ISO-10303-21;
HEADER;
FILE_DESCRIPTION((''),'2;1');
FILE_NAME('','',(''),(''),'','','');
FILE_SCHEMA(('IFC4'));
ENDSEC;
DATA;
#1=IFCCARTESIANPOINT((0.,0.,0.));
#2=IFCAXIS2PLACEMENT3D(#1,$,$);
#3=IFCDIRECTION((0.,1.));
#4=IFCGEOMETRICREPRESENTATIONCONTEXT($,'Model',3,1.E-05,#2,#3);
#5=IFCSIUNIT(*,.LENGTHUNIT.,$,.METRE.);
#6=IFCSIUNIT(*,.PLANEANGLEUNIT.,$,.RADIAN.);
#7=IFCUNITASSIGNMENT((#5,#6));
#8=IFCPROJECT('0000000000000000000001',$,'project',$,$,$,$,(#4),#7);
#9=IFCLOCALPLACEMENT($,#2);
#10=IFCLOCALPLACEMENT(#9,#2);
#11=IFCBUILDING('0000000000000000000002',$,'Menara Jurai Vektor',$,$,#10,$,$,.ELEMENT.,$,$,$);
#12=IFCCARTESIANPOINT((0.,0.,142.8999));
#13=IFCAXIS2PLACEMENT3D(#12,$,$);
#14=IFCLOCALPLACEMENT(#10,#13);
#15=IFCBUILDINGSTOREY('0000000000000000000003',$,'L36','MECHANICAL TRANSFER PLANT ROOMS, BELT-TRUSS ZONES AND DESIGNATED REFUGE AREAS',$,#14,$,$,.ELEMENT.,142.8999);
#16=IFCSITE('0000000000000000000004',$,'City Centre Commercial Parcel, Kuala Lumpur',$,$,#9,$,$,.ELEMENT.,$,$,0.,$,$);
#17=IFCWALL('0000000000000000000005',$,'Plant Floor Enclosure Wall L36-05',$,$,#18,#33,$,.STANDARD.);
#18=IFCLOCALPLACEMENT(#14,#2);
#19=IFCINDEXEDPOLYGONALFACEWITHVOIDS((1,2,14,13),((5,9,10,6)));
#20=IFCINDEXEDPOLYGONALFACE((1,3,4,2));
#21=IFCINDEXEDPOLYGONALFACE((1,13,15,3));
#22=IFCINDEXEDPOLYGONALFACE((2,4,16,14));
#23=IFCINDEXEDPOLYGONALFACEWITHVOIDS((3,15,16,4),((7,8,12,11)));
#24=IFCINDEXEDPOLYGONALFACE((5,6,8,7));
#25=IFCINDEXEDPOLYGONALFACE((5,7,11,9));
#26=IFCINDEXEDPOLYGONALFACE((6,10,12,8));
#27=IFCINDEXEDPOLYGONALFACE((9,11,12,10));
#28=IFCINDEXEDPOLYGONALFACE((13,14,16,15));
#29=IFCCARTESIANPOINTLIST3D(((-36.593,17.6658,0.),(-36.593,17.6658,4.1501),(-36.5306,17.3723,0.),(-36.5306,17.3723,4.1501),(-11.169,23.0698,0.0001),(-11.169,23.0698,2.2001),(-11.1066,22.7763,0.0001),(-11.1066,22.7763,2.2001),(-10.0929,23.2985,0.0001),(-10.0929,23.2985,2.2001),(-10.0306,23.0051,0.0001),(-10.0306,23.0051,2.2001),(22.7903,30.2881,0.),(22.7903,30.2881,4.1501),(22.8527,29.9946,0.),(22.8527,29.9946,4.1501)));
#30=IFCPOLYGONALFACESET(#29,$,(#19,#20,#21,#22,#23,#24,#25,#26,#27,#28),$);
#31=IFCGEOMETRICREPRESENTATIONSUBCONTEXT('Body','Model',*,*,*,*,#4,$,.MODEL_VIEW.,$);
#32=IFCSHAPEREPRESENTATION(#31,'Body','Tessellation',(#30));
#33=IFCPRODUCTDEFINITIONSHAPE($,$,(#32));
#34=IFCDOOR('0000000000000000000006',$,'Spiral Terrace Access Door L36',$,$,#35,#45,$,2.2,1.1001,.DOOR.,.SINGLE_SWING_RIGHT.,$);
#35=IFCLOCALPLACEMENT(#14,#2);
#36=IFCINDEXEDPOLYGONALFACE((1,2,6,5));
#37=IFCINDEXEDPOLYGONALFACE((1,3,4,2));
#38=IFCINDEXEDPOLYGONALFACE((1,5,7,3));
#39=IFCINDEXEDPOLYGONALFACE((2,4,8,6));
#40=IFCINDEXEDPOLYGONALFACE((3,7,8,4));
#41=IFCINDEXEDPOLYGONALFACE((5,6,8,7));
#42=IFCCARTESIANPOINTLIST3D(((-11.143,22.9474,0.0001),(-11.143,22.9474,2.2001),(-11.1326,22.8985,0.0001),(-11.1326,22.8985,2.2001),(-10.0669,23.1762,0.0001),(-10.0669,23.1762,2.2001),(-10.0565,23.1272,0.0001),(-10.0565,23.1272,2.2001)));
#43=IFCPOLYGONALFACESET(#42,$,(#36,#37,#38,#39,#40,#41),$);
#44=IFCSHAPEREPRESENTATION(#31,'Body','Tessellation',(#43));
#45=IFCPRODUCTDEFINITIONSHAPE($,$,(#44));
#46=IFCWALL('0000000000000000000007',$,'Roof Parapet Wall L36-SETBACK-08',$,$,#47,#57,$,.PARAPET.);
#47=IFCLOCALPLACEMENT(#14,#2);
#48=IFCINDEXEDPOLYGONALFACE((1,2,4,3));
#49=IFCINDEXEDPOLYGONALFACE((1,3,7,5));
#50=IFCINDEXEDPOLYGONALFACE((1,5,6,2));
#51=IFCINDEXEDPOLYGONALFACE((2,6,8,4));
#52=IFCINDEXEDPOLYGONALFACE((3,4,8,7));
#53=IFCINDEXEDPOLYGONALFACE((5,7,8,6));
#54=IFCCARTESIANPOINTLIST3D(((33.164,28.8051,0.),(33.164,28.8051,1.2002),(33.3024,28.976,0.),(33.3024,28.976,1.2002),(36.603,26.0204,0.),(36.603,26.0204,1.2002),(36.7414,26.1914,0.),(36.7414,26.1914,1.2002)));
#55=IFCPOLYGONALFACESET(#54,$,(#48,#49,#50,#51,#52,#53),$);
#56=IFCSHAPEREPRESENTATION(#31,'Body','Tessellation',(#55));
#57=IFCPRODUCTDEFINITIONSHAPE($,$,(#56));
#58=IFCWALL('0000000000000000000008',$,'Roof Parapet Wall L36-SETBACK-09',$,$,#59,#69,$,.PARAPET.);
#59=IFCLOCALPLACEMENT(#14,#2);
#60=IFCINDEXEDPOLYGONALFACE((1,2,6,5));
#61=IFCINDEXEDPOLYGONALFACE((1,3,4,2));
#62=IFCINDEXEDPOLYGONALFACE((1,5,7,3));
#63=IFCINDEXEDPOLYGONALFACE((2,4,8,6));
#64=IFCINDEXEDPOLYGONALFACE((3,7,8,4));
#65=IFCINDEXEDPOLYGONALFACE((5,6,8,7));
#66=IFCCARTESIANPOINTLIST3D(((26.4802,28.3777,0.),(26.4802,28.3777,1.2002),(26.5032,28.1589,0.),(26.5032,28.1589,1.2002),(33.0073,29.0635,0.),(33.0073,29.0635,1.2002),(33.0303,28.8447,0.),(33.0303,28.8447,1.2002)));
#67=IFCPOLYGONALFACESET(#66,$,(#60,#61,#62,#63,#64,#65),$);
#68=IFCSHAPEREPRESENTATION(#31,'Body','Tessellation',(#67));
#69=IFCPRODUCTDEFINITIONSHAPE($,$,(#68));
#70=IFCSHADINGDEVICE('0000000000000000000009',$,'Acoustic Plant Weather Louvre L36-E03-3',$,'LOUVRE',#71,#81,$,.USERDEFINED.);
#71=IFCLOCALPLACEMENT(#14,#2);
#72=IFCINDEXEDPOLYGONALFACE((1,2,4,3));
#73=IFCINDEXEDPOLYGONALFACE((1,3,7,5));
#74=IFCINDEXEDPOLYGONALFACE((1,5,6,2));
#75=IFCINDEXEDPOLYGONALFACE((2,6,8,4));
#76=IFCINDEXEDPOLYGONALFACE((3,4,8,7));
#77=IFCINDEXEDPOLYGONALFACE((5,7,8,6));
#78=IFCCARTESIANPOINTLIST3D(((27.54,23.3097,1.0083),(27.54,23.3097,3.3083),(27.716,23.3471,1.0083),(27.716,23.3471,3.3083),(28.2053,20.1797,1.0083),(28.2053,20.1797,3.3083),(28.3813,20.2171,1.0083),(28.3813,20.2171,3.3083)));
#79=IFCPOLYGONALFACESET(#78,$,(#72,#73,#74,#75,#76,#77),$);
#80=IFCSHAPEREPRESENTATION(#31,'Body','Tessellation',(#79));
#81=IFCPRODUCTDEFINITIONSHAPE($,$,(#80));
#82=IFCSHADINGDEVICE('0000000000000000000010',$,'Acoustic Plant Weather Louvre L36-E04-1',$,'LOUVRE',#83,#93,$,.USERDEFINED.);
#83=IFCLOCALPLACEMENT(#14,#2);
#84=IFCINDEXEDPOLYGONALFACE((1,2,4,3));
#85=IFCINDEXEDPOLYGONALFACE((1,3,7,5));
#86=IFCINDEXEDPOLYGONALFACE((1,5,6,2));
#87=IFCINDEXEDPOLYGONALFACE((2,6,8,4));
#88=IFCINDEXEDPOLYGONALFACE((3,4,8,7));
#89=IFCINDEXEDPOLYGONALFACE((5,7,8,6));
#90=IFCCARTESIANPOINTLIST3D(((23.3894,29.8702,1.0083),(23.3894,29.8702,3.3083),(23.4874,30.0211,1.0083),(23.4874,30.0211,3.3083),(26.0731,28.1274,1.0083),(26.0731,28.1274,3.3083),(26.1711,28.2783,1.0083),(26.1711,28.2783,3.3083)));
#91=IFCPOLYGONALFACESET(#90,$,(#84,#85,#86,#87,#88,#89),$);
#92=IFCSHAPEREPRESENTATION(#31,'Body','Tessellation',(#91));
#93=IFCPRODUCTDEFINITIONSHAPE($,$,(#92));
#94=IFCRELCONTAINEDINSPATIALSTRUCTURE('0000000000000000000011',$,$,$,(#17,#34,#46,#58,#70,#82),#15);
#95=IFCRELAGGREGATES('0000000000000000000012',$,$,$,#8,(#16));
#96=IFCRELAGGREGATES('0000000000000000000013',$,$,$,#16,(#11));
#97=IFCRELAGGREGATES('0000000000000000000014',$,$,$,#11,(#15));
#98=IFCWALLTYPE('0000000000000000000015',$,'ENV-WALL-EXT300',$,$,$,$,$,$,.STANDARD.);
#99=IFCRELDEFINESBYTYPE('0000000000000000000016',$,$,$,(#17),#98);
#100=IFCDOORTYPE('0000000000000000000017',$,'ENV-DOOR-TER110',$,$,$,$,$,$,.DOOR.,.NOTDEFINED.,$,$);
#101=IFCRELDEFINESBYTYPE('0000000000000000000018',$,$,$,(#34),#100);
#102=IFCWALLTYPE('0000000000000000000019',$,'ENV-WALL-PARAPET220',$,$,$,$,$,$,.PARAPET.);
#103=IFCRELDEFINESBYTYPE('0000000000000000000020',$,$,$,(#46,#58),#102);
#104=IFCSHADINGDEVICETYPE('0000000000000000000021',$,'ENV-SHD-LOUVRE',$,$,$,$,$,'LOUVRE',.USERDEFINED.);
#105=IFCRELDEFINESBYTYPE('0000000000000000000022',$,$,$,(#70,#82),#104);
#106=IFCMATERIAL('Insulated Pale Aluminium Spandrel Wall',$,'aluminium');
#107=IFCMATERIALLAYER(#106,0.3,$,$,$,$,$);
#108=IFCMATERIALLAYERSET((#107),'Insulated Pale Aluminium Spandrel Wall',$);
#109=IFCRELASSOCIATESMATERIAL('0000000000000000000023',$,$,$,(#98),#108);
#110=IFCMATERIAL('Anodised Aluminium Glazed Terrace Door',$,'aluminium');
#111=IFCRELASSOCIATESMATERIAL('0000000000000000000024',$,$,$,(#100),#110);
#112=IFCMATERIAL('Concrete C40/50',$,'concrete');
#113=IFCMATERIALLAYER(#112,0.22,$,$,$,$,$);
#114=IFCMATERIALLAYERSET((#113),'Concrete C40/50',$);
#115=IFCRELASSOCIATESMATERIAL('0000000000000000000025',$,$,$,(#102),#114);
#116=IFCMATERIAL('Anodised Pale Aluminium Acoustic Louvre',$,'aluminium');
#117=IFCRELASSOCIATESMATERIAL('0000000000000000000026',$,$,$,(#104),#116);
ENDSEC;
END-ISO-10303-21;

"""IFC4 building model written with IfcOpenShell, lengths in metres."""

from ifc_helpers import new_model, si_unit, direction, frame, frame_2d, origin, origin_2d, place, context, subcontext, project, spatial, rectangle, extrude, material, layer, layer_set, type_object, element, fill, save


model = new_model("IFC4")

# Units and contexts
model_context = context("Model", 3, precision=1e-05, world=origin(), true_north=direction((0.0, 1.0)))
body_context = subcontext(model_context, "Body", "Model", "MODEL_VIEW")
ifc_project = project(units=[si_unit("LENGTHUNIT", "METRE"), si_unit("PLANEANGLEUNIT", "RADIAN")], contexts=[model_context])

# Site, building, storey
site_placement = place(None, origin())
site = spatial("IfcSite", under=ifc_project, at=site_placement, Name="City Centre Commercial Parcel, Kuala Lumpur", CompositionType="ELEMENT", RefElevation=0.0)
building_placement = place(site_placement, origin())
building = spatial("IfcBuilding", under=site, at=building_placement, Name="Menara Jurai Vektor", CompositionType="ELEMENT")
storey_placement = place(building_placement, frame((0.0, 0.0, 142.8999)))
storey = spatial("IfcBuildingStorey", under=building, at=storey_placement, Name="L36", Description="MECHANICAL TRANSFER PLANT ROOMS, BELT-TRUSS ZONES AND DESIGNATED REFUGE AREAS", CompositionType="ELEMENT", Elevation=142.8999)

# Shared definitions
ifc_material_1 = material(Name="Insulated Pale Aluminium Spandrel Wall", Category="aluminium")
ifc_layer_1 = layer(ifc_material_1, 0.3)
ifc_layer_set_1 = layer_set([ifc_layer_1], Name="Insulated Pale Aluminium Spandrel Wall")
wall_type_1 = type_object("IfcWallType", Name="ENV-WALL-EXT300", PredefinedType="STANDARD", material=ifc_layer_set_1)

# Wall, opening, door
wall_1_placement = place(storey_placement, frame((22.8215, 30.1414, 0.0), z_axis=(0.0, 0.0, 1.0), x_axis=(-0.978148, -0.207912, 0.0)))
wall_1 = element("IfcWall", 1, at=wall_1_placement, inside=storey, type_object=wall_type_1, Name="Plant Floor Enclosure Wall L36-05", PredefinedType="STANDARD", context=body_context, shape_type="SweptSolid", body=[
    extrude(rectangle(XDim=60.71, YDim=0.3, at=frame_2d((30.355, 0.0))), origin(), (0.0, 0.0, 1.0), 4.1501),
])
opening_placement = place(wall_1_placement, frame((33.6179, 0.0, 0.0)))
opening = element("IfcOpeningElement", 2, at=opening_placement, cuts=wall_1, PredefinedType="OPENING", context=body_context, shape_type="SweptSolid", body=[
    extrude(rectangle(XDim=1.1001, YDim=2.2, at=frame_2d((0.55, 1.1001))), frame((0.0, 0.1602, 0.0), z_axis=(0.0, -1.0, 0.0), x_axis=(1.0, 0.0, 0.0)), (0.0, 0.0, 1.0), 0.3201),
])
ifc_material_2 = material(Name="Anodised Aluminium Glazed Terrace Door", Category="aluminium")
door_type = type_object("IfcDoorType", Name="ENV-DOOR-TER110", OperationType="NOTDEFINED", PredefinedType="DOOR", material=ifc_material_2)
door_placement = place(opening_placement, frame((1.1001, 0.0, 0.0), z_axis=(0.0, 0.0, 1.0), x_axis=(-1.0, 0.0, 0.0)))
door = element("IfcDoor", 3, at=door_placement, inside=storey, type_object=door_type, Name="Spiral Terrace Access Door L36", OperationType="SINGLE_SWING_RIGHT", OverallHeight=2.2, OverallWidth=1.1001, PredefinedType="DOOR", context=body_context, shape_type="SweptSolid", body=[
    extrude(rectangle(XDim=1.1001, YDim=2.2, at=frame_2d((0.55, 1.1001))), frame((0.0, 0.0249, 0.0), z_axis=(0.0, -1.0, 0.0), x_axis=(1.0, 0.0, 0.0)), (0.0, 0.0, 1.0), 0.05),
])
fill(opening, door)

# Walls
ifc_material_3 = material(Name="Concrete C40/50", Category="concrete")
ifc_layer_2 = layer(ifc_material_3, 0.22)
ifc_layer_set_2 = layer_set([ifc_layer_2], Name="Concrete C40/50")
wall_type_2 = type_object("IfcWallType", Name="ENV-WALL-PARAPET220", PredefinedType="PARAPET", material=ifc_layer_set_2)
wall_2_placement = place(storey_placement, frame((36.6721, 26.106, 0.0), z_axis=(0.0, 0.0, 1.0), x_axis=(-0.777163, 0.6293, 0.0)))
element("IfcWall", 4, at=wall_2_placement, inside=storey, type_object=wall_type_2, Name="Roof Parapet Wall L36-SETBACK-08", PredefinedType="PARAPET", context=body_context, shape_type="SweptSolid", body=[
    extrude(rectangle(XDim=4.425, YDim=0.22, at=frame_2d((2.2124, 0.0))), origin(), (0.0, 0.0, 1.0), 1.2002),
])
wall_3_placement = place(storey_placement, frame((33.0188, 28.9541, 0.0), z_axis=(0.0, 0.0, 1.0), x_axis=(-0.994526, -0.104493, 0.0)))
element("IfcWall", 5, at=wall_3_placement, inside=storey, type_object=wall_type_2, Name="Roof Parapet Wall L36-SETBACK-09", PredefinedType="PARAPET", context=body_context, shape_type="SweptSolid", body=[
    extrude(rectangle(XDim=6.563, YDim=0.22, at=frame_2d((3.2815, 0.0))), origin(), (0.0, 0.0, 1.0), 1.2002),
])

# Shading devices
ifc_material_4 = material(Name="Anodised Pale Aluminium Acoustic Louvre", Category="aluminium")
shading_device_type = type_object("IfcShadingDeviceType", Name="ENV-SHD-LOUVRE", ElementType="LOUVRE", PredefinedType="USERDEFINED", material=ifc_material_4)
for number, where, z_axis, x_axis, name in (
    (6, (27.9607, 21.7634, 1.0083), (0.0, 0.0, 1.0), (-0.207912, 0.978148, 0.0), "Acoustic Plant Weather Louvre L36-E03-3"),
    (7, (24.7803, 29.0742, 1.0083), (0.0, 0.0, 1.0), (-0.838671, 0.544639, 0.0), "Acoustic Plant Weather Louvre L36-E04-1"),
):
    element("IfcShadingDevice", number, at=place(storey_placement, frame(where, z_axis=z_axis, x_axis=x_axis)), inside=storey, type_object=shading_device_type, Name=name, ObjectType="LOUVRE", PredefinedType="USERDEFINED", context=body_context, shape_type="SweptSolid", body=[
        extrude(rectangle(XDim=3.2, YDim=0.1799, at=origin_2d()), origin(), (0.0, 0.0, 1.0), 2.3),
    ])

save(model, "model.ifc")
